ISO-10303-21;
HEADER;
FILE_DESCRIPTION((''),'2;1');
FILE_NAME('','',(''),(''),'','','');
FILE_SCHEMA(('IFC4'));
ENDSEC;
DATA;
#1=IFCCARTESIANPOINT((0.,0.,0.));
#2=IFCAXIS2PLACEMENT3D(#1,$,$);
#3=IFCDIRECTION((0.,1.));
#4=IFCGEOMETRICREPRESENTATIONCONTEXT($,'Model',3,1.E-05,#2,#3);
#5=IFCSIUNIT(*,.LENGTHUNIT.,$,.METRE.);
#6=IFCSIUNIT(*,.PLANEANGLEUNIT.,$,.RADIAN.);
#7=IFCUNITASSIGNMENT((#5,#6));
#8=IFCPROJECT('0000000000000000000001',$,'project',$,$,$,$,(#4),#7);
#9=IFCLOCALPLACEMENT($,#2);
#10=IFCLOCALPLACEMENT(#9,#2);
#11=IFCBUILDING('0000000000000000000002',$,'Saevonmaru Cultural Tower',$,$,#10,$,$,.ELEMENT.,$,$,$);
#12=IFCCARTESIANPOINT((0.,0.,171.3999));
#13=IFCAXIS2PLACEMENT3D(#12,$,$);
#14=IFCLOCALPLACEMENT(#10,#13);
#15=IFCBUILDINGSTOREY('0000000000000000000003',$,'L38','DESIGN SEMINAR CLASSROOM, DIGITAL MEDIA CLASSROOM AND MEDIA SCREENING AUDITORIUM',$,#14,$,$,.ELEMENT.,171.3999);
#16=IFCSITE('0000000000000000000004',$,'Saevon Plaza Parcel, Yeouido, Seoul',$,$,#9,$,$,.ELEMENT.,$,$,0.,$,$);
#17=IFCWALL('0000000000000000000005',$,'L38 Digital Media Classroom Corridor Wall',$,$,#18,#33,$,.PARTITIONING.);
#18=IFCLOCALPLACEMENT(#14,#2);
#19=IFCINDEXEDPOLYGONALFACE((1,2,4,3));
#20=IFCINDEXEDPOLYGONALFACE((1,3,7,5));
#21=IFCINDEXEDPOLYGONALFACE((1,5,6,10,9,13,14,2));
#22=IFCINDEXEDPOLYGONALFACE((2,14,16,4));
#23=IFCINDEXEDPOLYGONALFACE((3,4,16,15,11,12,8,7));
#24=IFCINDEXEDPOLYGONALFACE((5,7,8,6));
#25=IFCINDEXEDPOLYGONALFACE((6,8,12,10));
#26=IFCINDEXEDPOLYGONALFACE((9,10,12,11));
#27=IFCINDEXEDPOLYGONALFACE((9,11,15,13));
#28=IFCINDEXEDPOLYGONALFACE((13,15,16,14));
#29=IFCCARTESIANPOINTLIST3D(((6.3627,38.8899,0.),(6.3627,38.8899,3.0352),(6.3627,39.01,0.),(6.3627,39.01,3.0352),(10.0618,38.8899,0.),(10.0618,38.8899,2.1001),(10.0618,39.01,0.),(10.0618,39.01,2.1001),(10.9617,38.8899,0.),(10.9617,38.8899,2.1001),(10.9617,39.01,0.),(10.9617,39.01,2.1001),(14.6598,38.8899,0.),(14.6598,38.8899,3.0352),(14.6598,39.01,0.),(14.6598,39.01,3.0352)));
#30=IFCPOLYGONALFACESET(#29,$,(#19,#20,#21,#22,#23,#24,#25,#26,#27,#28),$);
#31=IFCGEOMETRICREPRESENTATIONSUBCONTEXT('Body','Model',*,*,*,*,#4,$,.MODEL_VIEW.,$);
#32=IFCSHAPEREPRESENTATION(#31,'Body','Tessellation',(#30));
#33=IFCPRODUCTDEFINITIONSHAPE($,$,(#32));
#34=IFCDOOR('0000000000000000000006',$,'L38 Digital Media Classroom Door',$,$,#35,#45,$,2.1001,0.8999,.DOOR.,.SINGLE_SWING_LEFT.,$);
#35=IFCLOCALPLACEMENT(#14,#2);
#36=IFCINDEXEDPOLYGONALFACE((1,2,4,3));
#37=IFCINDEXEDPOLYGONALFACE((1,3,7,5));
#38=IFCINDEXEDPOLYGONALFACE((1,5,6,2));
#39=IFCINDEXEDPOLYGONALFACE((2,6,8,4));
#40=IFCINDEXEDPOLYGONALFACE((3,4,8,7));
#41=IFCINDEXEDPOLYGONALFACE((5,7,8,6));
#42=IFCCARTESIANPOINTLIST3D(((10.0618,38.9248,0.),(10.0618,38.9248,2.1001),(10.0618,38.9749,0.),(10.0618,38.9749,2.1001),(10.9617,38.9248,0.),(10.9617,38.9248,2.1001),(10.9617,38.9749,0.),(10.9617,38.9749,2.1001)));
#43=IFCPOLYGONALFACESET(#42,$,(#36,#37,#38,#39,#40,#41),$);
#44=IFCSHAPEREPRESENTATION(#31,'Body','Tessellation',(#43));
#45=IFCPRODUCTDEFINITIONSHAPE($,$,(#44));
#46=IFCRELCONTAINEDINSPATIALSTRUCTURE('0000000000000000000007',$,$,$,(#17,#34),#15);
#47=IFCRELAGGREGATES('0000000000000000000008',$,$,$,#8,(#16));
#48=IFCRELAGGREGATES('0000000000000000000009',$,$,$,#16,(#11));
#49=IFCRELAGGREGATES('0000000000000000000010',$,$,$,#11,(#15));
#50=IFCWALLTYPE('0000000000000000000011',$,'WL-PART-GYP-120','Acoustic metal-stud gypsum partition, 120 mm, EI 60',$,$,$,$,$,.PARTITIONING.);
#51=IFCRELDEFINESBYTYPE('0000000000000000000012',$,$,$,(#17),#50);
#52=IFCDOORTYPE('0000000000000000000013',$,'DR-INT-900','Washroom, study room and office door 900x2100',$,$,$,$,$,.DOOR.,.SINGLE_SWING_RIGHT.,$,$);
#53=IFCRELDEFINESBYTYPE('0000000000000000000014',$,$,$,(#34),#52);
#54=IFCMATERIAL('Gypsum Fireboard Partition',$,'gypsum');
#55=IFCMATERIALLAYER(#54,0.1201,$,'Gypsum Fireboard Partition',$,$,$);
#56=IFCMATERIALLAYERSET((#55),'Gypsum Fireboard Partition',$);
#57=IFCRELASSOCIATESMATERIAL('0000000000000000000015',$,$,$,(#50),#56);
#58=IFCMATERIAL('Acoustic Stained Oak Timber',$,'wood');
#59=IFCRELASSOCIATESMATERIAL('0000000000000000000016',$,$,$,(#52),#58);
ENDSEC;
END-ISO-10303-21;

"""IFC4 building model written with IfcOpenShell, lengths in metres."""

from ifc_helpers import new_model, si_unit, direction, frame, frame_2d, origin, place, context, subcontext, project, spatial, rectangle, extrude, material, layer, layer_set, type_object, element, fill, save


model = new_model("IFC4")

# Units and contexts
model_context = context("Model", 3, precision=1e-05, world=origin(), true_north=direction((0.0, 1.0)))
body_context = subcontext(model_context, "Body", "Model", "MODEL_VIEW")
ifc_project = project(units=[si_unit("LENGTHUNIT", "METRE"), si_unit("PLANEANGLEUNIT", "RADIAN")], contexts=[model_context])

# Site, building, storey
site_placement = place(None, origin())
site = spatial("IfcSite", under=ifc_project, at=site_placement, Name="Saevon Plaza Parcel, Yeouido, Seoul", CompositionType="ELEMENT", RefElevation=0.0)
building_placement = place(site_placement, origin())
building = spatial("IfcBuilding", under=site, at=building_placement, Name="Saevonmaru Cultural Tower", CompositionType="ELEMENT")
storey_placement = place(building_placement, frame((0.0, 0.0, 171.3999)))
storey = spatial("IfcBuildingStorey", under=building, at=storey_placement, Name="L38", Description="DESIGN SEMINAR CLASSROOM, DIGITAL MEDIA CLASSROOM AND MEDIA SCREENING AUDITORIUM", CompositionType="ELEMENT", Elevation=171.3999)

# Shared definitions
ifc_material_1 = material(Name="Gypsum Fireboard Partition", Category="gypsum")
ifc_layer_1 = layer(ifc_material_1, 0.1201, Name="Gypsum Fireboard Partition")
ifc_layer_set_1 = layer_set([ifc_layer_1], Name="Gypsum Fireboard Partition")
wall_type = type_object("IfcWallType", Name="WL-PART-GYP-120", Description="Acoustic metal-stud gypsum partition, 120 mm, EI 60", PredefinedType="PARTITIONING", material=ifc_layer_set_1)

# Wall, opening, door
ifc_material_2 = material(Name="Acoustic Stained Oak Timber", Category="wood")
door_type = type_object("IfcDoorType", Name="DR-INT-900", Description="Washroom, study room and office door 900x2100", OperationType="SINGLE_SWING_RIGHT", PredefinedType="DOOR", material=ifc_material_2)
wall_1_placement = place(storey_placement, frame((6.3628, 38.95, 0.0), z_axis=(0.0, 0.0, 1.0), x_axis=(1.0, 0.0, 0.0)))
wall_1 = element("IfcWall", 1, at=wall_1_placement, inside=storey, type_object=wall_type, Name="L38 Digital Media Classroom Corridor Wall", PredefinedType="PARTITIONING", context=body_context, shape_type="SweptSolid", body=[
    extrude(rectangle(XDim=8.2971, YDim=0.1201, at=frame_2d((4.1484, 0.0))), origin(), (0.0, 0.0, 1.0), 3.0352),
])
opening_1_placement = place(wall_1_placement, frame((3.699, 0.0, 0.0)))
opening_1 = element("IfcOpeningElement", 2, at=opening_1_placement, cuts=wall_1, PredefinedType="OPENING", context=body_context, shape_type="SweptSolid", body=[
    extrude(rectangle(XDim=0.8999, YDim=2.1001, at=frame_2d((0.45, 1.05))), frame((0.0, 0.0701, 0.0), z_axis=(0.0, -1.0, 0.0), x_axis=(1.0, 0.0, 0.0)), (0.0, 0.0, 1.0), 0.1401),
])
door_1_placement = place(opening_1_placement, origin())
door_1 = element("IfcDoor", 3, at=door_1_placement, inside=storey, type_object=door_type, Name="L38 Digital Media Classroom Door", OperationType="SINGLE_SWING_LEFT", OverallHeight=2.1001, OverallWidth=0.8999, PredefinedType="DOOR", context=body_context, shape_type="SweptSolid", body=[
    extrude(rectangle(XDim=0.8999, YDim=2.1001, at=frame_2d((0.45, 1.05))), frame((0.0, 0.0249, 0.0), z_axis=(0.0, -1.0, 0.0), x_axis=(1.0, 0.0, 0.0)), (0.0, 0.0, 1.0), 0.05),
])
fill(opening_1, door_1)

save(model, "model.ifc")
